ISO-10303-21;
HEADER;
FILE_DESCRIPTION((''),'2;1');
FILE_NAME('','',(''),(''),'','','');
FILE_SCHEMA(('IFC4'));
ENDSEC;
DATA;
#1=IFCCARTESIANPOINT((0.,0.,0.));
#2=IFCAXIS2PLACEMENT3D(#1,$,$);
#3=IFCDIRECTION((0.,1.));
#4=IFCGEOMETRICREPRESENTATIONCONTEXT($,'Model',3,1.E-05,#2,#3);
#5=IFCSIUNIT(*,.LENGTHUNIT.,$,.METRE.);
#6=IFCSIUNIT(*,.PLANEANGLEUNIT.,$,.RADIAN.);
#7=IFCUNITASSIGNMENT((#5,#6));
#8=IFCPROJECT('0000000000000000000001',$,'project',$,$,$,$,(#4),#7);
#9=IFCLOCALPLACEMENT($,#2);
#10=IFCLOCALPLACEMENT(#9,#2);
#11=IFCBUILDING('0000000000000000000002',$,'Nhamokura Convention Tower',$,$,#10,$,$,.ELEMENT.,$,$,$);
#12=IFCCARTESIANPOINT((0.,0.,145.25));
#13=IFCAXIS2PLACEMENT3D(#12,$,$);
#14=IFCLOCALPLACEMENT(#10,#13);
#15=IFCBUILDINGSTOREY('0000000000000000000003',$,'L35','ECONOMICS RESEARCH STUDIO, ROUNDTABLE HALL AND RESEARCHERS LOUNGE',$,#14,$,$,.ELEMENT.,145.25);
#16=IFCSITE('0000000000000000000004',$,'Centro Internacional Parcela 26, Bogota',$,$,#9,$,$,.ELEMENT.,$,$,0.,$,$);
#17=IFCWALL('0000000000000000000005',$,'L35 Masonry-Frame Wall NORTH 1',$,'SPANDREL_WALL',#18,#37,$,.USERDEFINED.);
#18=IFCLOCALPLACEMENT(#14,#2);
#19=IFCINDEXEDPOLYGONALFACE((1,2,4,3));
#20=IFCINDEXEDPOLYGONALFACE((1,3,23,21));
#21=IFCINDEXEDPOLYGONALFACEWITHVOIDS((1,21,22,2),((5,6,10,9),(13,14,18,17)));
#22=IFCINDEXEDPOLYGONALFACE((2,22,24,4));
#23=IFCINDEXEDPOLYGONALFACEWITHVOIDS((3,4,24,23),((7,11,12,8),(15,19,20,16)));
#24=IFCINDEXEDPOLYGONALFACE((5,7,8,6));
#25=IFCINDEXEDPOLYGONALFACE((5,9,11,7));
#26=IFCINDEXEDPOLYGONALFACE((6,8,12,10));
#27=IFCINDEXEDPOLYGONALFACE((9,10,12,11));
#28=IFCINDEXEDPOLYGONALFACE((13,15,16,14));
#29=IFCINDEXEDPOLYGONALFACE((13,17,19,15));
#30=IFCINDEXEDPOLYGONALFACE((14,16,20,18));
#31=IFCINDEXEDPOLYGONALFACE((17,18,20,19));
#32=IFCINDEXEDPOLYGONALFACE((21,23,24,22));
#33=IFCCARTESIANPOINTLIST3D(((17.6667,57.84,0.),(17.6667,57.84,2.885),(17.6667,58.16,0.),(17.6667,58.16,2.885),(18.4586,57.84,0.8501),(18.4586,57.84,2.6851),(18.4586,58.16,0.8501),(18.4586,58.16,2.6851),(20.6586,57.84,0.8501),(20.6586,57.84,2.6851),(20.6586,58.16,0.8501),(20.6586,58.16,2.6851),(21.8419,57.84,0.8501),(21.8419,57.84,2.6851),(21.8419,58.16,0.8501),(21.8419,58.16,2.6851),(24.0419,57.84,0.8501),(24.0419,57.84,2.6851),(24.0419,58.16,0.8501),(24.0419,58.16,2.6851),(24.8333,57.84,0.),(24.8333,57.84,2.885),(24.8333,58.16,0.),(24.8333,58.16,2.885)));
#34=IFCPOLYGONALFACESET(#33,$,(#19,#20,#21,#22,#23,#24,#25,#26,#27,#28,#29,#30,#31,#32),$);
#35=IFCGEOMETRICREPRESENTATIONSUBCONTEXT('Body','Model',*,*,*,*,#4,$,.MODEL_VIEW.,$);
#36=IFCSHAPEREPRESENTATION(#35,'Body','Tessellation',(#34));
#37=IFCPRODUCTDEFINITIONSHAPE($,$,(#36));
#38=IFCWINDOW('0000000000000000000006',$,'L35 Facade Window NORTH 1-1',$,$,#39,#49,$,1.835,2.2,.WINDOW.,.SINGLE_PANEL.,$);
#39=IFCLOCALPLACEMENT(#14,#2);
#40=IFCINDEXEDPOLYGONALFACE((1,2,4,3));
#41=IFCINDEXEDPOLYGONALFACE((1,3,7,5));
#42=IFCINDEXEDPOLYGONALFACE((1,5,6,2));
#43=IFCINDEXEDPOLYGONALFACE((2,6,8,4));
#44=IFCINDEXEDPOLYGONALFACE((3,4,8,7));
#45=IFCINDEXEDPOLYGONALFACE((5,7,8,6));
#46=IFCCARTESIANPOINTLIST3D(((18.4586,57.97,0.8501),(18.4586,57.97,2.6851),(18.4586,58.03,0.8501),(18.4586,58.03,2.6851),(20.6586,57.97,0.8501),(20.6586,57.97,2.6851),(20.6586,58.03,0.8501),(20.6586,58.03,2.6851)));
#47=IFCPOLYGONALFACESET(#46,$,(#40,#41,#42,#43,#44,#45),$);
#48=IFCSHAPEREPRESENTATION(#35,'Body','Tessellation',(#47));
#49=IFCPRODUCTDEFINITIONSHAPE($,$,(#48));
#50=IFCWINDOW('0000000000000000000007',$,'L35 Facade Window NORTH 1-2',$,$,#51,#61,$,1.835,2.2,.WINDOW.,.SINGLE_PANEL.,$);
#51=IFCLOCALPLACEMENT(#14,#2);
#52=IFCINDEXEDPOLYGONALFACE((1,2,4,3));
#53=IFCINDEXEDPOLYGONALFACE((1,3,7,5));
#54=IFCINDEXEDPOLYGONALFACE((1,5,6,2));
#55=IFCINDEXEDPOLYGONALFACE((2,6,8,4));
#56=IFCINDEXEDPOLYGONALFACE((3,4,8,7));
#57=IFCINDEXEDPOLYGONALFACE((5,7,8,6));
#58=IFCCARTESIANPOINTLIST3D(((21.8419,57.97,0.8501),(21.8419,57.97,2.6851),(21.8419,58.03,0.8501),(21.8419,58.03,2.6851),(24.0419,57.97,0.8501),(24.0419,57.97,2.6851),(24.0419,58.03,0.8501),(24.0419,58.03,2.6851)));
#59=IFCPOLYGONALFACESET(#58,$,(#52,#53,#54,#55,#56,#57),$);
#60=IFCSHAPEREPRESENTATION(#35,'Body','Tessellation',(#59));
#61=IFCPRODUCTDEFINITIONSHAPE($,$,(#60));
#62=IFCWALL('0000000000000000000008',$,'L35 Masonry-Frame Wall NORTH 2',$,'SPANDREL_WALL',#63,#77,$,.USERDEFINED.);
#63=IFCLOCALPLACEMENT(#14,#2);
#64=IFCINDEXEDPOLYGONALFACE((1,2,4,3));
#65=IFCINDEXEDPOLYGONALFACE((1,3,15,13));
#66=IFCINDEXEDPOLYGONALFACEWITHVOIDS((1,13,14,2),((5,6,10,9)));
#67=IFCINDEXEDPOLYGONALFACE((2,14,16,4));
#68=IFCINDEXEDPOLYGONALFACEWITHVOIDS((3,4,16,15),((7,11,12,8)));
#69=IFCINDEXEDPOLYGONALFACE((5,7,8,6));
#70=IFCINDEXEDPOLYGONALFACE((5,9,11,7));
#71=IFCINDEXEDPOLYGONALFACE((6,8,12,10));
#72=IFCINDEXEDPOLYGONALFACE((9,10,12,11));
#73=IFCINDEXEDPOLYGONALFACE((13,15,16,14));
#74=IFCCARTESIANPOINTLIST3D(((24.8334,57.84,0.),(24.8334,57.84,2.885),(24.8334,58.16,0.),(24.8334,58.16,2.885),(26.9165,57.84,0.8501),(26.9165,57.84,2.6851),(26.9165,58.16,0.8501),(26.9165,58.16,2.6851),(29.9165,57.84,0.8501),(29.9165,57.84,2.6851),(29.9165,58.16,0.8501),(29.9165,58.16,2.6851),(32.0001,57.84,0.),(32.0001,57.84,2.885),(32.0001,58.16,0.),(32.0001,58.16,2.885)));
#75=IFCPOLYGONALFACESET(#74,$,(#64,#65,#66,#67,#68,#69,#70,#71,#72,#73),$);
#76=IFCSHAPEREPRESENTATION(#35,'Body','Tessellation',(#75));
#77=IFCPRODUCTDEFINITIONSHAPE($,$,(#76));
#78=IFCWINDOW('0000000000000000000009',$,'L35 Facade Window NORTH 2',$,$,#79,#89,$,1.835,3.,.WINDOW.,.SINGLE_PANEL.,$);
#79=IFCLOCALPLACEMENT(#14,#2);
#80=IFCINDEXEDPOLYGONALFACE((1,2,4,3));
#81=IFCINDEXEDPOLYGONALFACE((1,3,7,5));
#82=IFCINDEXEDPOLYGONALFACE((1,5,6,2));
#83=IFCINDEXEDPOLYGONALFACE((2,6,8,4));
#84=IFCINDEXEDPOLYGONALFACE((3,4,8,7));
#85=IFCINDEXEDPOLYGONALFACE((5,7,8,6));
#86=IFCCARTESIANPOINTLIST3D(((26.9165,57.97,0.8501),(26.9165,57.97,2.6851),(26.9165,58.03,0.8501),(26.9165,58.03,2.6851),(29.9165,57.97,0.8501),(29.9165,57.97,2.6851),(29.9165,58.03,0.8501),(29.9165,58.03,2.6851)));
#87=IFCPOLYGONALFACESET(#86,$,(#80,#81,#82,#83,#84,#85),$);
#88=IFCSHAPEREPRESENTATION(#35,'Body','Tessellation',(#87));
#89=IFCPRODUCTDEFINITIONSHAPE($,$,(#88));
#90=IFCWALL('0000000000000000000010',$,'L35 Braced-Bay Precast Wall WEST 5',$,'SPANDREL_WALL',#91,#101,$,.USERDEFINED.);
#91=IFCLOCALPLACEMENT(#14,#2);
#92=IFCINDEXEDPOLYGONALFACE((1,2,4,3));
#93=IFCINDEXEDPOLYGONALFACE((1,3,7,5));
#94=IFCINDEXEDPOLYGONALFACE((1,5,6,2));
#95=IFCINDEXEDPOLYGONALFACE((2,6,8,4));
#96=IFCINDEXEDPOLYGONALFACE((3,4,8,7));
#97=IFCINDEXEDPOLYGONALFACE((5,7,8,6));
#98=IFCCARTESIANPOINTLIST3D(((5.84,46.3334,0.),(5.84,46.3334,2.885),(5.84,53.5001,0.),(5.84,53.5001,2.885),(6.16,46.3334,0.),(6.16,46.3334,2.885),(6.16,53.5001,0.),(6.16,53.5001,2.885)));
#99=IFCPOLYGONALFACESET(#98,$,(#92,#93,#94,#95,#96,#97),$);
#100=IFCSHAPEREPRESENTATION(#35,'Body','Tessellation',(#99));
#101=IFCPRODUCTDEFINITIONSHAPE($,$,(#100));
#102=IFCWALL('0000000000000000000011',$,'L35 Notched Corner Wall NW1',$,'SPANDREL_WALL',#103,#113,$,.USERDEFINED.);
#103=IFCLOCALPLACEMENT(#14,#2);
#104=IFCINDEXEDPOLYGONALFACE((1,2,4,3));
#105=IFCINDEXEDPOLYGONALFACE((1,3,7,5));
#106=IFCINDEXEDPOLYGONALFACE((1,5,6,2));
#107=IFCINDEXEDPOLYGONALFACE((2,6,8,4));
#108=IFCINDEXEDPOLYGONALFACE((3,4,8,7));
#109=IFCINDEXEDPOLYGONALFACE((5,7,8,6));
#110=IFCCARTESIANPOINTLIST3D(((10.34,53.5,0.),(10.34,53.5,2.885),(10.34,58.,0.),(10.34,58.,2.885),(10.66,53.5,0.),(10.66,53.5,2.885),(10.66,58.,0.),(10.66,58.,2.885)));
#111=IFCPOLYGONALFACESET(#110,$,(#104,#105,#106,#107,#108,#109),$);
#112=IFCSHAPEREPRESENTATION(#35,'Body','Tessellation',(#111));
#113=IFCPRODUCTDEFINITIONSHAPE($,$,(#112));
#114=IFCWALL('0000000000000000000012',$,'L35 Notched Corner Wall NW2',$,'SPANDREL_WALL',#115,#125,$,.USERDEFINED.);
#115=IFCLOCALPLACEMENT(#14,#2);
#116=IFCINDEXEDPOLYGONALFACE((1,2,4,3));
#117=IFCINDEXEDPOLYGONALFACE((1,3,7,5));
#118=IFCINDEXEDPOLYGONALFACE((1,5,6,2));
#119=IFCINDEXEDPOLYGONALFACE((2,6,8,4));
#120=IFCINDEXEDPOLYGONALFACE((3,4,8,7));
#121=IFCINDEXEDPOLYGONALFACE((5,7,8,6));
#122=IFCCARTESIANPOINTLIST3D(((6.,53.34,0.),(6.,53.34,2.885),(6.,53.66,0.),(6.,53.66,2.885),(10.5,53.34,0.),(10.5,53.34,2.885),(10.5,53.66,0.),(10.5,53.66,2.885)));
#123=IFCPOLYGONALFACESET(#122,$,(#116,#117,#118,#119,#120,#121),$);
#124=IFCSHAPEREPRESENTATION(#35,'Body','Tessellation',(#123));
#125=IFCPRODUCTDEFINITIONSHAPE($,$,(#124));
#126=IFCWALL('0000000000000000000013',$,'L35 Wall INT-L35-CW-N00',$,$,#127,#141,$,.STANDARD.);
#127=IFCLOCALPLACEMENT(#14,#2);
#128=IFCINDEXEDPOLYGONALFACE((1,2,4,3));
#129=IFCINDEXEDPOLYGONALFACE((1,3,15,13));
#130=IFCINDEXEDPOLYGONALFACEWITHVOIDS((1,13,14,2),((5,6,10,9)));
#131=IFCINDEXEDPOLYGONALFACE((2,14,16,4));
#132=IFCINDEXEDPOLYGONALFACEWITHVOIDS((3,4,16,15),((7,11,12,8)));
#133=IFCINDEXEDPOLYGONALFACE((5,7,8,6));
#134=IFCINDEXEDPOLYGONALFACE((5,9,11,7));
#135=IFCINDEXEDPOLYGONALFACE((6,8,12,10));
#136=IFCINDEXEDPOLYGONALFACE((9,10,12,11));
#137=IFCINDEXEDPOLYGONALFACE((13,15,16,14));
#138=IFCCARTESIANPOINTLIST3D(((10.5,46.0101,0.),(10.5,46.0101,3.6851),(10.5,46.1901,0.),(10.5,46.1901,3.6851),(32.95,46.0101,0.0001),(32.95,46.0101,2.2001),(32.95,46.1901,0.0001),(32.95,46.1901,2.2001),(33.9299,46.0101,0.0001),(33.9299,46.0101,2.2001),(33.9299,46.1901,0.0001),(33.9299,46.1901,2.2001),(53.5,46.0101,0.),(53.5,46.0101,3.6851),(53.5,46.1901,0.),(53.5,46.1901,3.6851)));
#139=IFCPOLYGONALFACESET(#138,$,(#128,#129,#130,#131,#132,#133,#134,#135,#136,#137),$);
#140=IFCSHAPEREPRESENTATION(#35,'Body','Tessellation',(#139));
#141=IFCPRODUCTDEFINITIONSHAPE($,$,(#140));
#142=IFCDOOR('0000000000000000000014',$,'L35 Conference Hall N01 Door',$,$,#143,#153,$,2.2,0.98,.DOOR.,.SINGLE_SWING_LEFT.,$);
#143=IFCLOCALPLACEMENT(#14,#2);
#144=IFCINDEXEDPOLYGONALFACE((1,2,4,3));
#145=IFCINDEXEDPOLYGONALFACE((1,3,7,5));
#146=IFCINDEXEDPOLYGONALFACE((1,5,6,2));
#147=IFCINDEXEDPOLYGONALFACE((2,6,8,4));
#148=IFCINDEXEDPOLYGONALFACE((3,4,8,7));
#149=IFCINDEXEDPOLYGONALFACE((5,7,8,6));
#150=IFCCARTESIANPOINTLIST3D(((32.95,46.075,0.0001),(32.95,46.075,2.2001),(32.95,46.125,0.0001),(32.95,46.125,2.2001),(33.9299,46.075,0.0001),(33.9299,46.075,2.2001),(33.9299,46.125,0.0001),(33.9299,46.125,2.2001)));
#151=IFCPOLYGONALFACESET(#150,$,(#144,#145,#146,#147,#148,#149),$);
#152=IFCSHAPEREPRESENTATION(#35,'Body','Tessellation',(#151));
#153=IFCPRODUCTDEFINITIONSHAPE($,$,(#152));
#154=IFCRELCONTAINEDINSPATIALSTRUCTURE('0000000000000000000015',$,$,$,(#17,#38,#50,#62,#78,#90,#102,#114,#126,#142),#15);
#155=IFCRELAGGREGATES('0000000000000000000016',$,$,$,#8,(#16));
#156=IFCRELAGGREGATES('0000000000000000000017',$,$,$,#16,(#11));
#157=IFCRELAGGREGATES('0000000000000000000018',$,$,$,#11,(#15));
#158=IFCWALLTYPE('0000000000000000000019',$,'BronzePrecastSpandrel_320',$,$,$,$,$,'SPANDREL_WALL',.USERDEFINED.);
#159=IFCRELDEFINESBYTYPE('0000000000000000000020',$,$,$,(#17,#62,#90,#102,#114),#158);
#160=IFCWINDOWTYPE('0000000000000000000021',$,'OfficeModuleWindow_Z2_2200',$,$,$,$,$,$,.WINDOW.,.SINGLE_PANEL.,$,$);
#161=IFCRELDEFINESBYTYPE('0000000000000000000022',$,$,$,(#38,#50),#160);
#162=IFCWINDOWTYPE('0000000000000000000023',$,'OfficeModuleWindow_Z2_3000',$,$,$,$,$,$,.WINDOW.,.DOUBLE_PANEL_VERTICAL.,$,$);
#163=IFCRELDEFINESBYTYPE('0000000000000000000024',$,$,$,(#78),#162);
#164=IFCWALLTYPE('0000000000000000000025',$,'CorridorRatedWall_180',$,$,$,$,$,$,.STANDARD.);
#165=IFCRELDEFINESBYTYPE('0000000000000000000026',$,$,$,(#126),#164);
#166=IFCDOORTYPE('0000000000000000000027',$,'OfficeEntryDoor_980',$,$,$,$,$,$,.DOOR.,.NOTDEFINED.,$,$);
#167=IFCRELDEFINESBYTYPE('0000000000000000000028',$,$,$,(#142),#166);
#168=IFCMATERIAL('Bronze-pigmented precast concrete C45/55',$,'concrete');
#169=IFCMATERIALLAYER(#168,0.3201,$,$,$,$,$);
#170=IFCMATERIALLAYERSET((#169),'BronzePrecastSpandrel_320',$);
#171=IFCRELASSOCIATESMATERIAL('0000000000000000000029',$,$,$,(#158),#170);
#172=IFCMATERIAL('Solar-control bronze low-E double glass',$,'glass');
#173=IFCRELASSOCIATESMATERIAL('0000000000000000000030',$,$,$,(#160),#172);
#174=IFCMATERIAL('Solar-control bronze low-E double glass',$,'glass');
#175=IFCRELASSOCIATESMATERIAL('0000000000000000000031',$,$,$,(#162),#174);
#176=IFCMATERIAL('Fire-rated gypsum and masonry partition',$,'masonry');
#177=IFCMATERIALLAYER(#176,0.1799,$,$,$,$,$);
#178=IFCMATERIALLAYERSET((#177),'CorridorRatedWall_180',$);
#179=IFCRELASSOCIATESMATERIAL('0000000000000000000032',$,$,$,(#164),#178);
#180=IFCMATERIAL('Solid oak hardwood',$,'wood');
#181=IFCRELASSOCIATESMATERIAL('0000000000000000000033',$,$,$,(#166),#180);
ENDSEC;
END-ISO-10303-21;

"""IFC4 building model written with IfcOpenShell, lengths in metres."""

from ifc_helpers import new_model, si_unit, direction, frame, frame_2d, origin, place, context, subcontext, project, spatial, rectangle, extrude, material, layer, layer_set, type_object, element, fill, save


model = new_model("IFC4")

# Units and contexts
model_context = context("Model", 3, precision=1e-05, world=origin(), true_north=direction((0.0, 1.0)))
body_context = subcontext(model_context, "Body", "Model", "MODEL_VIEW")
ifc_project = project(units=[si_unit("LENGTHUNIT", "METRE"), si_unit("PLANEANGLEUNIT", "RADIAN")], contexts=[model_context])

# Site, building, storey
site_placement = place(None, origin())
site = spatial("IfcSite", under=ifc_project, at=site_placement, Name="Centro Internacional Parcela 26, Bogota", CompositionType="ELEMENT", RefElevation=0.0)
building_placement = place(site_placement, origin())
building = spatial("IfcBuilding", under=site, at=building_placement, Name="Nhamokura Convention Tower", CompositionType="ELEMENT")
storey_placement = place(building_placement, frame((0.0, 0.0, 145.25)))
storey = spatial("IfcBuildingStorey", under=building, at=storey_placement, Name="L35", Description="ECONOMICS RESEARCH STUDIO, ROUNDTABLE HALL AND RESEARCHERS LOUNGE", CompositionType="ELEMENT", Elevation=145.25)

# Shared definitions
ifc_material_1 = material(Name="Bronze-pigmented precast concrete C45/55", Category="concrete")
ifc_layer_1 = layer(ifc_material_1, 0.3201)
ifc_layer_set_1 = layer_set([ifc_layer_1], Name="BronzePrecastSpandrel_320")
wall_type_1 = type_object("IfcWallType", Name="BronzePrecastSpandrel_320", ElementType="SPANDREL_WALL", PredefinedType="USERDEFINED", material=ifc_layer_set_1)

# Wall, openings, windows
wall_1_placement = place(storey_placement, frame((17.6667, 58.0, 0.0), z_axis=(0.0, 0.0, 1.0), x_axis=(1.0, 0.0, 0.0)))
wall_1 = element("IfcWall", 1, at=wall_1_placement, inside=storey, type_object=wall_type_1, Name="L35 Masonry-Frame Wall NORTH 1", ObjectType="SPANDREL_WALL", PredefinedType="USERDEFINED", context=body_context, shape_type="SweptSolid", body=[
    extrude(rectangle(XDim=7.1665, YDim=0.3201, at=frame_2d((3.5833, 0.0))), origin(), (0.0, 0.0, 1.0), 2.885),
])
opening_1_placement = place(wall_1_placement, frame((0.7917, 0.0, 0.8501)))
opening_1 = element("IfcOpeningElement", 2, at=opening_1_placement, cuts=wall_1, PredefinedType="OPENING", context=body_context, shape_type="SweptSolid", body=[
    extrude(rectangle(XDim=2.2, YDim=1.835, at=frame_2d((1.1001, 0.9175))), frame((0.0, 0.1699, 0.0), z_axis=(0.0, -1.0, 0.0), x_axis=(1.0, 0.0, 0.0)), (0.0, 0.0, 1.0), 0.3401),
])
opening_2_placement = place(wall_1_placement, frame((4.175, 0.0, 0.8501)))
opening_2 = element("IfcOpeningElement", 3, at=opening_2_placement, cuts=wall_1, PredefinedType="OPENING", context=body_context, shape_type="SweptSolid", body=[
    extrude(rectangle(XDim=2.2, YDim=1.835, at=frame_2d((1.1001, 0.9175))), frame((0.0, 0.1699, 0.0), z_axis=(0.0, -1.0, 0.0), x_axis=(1.0, 0.0, 0.0)), (0.0, 0.0, 1.0), 0.3401),
])
ifc_material_2 = material(Name="Solar-control bronze low-E double glass", Category="glass")
window_type_1 = type_object("IfcWindowType", Name="OfficeModuleWindow_Z2_2200", PartitioningType="SINGLE_PANEL", PredefinedType="WINDOW", material=ifc_material_2)
window_1_placement = place(opening_1_placement, origin())
window_1 = element("IfcWindow", 4, at=window_1_placement, inside=storey, type_object=window_type_1, Name="L35 Facade Window NORTH 1-1", OverallHeight=1.835, OverallWidth=2.2, PartitioningType="SINGLE_PANEL", PredefinedType="WINDOW", context=body_context, shape_type="SweptSolid", body=[
    extrude(rectangle(XDim=2.2, YDim=1.835, at=frame_2d((1.1001, 0.9175))), frame((0.0, 0.03, 0.0), z_axis=(0.0, -1.0, 0.0), x_axis=(1.0, 0.0, 0.0)), (0.0, 0.0, 1.0), 0.0601),
])
fill(opening_1, window_1)
window_2_placement = place(opening_2_placement, origin())
window_2 = element("IfcWindow", 5, at=window_2_placement, inside=storey, type_object=window_type_1, Name="L35 Facade Window NORTH 1-2", OverallHeight=1.835, OverallWidth=2.2, PartitioningType="SINGLE_PANEL", PredefinedType="WINDOW", context=body_context, shape_type="SweptSolid", body=[
    extrude(rectangle(XDim=2.2, YDim=1.835, at=frame_2d((1.1001, 0.9175))), frame((0.0, 0.03, 0.0), z_axis=(0.0, -1.0, 0.0), x_axis=(1.0, 0.0, 0.0)), (0.0, 0.0, 1.0), 0.0601),
])
fill(opening_2, window_2)

# Wall, opening, window
wall_2_placement = place(storey_placement, frame((24.8333, 58.0, 0.0), z_axis=(0.0, 0.0, 1.0), x_axis=(1.0, 0.0, 0.0)))
wall_2 = element("IfcWall", 6, at=wall_2_placement, inside=storey, type_object=wall_type_1, Name="L35 Masonry-Frame Wall NORTH 2", ObjectType="SPANDREL_WALL", PredefinedType="USERDEFINED", context=body_context, shape_type="SweptSolid", body=[
    extrude(rectangle(XDim=7.1667, YDim=0.3201, at=frame_2d((3.5835, 0.0))), origin(), (0.0, 0.0, 1.0), 2.885),
])
opening_3_placement = place(wall_2_placement, frame((2.0833, 0.0, 0.8501)))
opening_3 = element("IfcOpeningElement", 7, at=opening_3_placement, cuts=wall_2, PredefinedType="OPENING", context=body_context, shape_type="SweptSolid", body=[
    extrude(rectangle(XDim=3.0, YDim=1.835, at=frame_2d((1.5, 0.9175))), frame((0.0, 0.1699, 0.0), z_axis=(0.0, -1.0, 0.0), x_axis=(1.0, 0.0, 0.0)), (0.0, 0.0, 1.0), 0.3401),
])
ifc_material_3 = material(Name="Solar-control bronze low-E double glass", Category="glass")
window_type_2 = type_object("IfcWindowType", Name="OfficeModuleWindow_Z2_3000", PartitioningType="DOUBLE_PANEL_VERTICAL", PredefinedType="WINDOW", material=ifc_material_3)
window_3_placement = place(opening_3_placement, origin())
window_3 = element("IfcWindow", 8, at=window_3_placement, inside=storey, type_object=window_type_2, Name="L35 Facade Window NORTH 2", OverallHeight=1.835, OverallWidth=3.0, PartitioningType="SINGLE_PANEL", PredefinedType="WINDOW", context=body_context, shape_type="SweptSolid", body=[
    extrude(rectangle(XDim=3.0, YDim=1.835, at=frame_2d((1.5, 0.9175))), frame((0.0, 0.03, 0.0), z_axis=(0.0, -1.0, 0.0), x_axis=(1.0, 0.0, 0.0)), (0.0, 0.0, 1.0), 0.0601),
])
fill(opening_3, window_3)

# Walls
wall_3_placement = place(storey_placement, frame((6.0, 46.3333, 0.0), z_axis=(0.0, 0.0, 1.0), x_axis=(0.0, 1.0, 0.0)))
element("IfcWall", 9, at=wall_3_placement, inside=storey, type_object=wall_type_1, Name="L35 Braced-Bay Precast Wall WEST 5", ObjectType="SPANDREL_WALL", PredefinedType="USERDEFINED", context=body_context, shape_type="SweptSolid", body=[
    extrude(rectangle(XDim=7.1667, YDim=0.3201, at=frame_2d((3.5835, 0.0))), origin(), (0.0, 0.0, 1.0), 2.885),
])
for number, where, z_axis, x_axis, name in (
    (10, (10.5, 53.5, 0.0), (0.0, 0.0, 1.0), (0.0, 1.0, 0.0), "L35 Notched Corner Wall NW1"),
    (11, (6.0, 53.5, 0.0), (0.0, 0.0, 1.0), (1.0, 0.0, 0.0), "L35 Notched Corner Wall NW2"),
):
    element("IfcWall", number, at=place(storey_placement, frame(where, z_axis=z_axis, x_axis=x_axis)), inside=storey, type_object=wall_type_1, Name=name, ObjectType="SPANDREL_WALL", PredefinedType="USERDEFINED", context=body_context, shape_type="SweptSolid", body=[
        extrude(rectangle(XDim=4.5, YDim=0.3201, at=frame_2d((2.25, 0.0))), origin(), (0.0, 0.0, 1.0), 2.885),
    ])

# Wall, opening, door
ifc_material_4 = material(Name="Fire-rated gypsum and masonry partition", Category="masonry")
ifc_layer_2 = layer(ifc_material_4, 0.1799)
ifc_layer_set_2 = layer_set([ifc_layer_2], Name="CorridorRatedWall_180")
wall_type_2 = type_object("IfcWallType", Name="CorridorRatedWall_180", PredefinedType="STANDARD", material=ifc_layer_set_2)
wall_4_placement = place(storey_placement, frame((10.5, 46.1001, 0.0), z_axis=(0.0, 0.0, 1.0), x_axis=(1.0, 0.0, 0.0)))
wall_4 = element("IfcWall", 12, at=wall_4_placement, inside=storey, type_object=wall_type_2, Name="L35 Wall INT-L35-CW-N00", PredefinedType="STANDARD", context=body_context, shape_type="SweptSolid", body=[
    extrude(rectangle(XDim=43.0, YDim=0.1799, at=frame_2d((21.5, 0.0))), origin(), (0.0, 0.0, 1.0), 3.6851),
])
opening_4_placement = place(wall_4_placement, frame((22.45, 0.0, 0.0)))
opening_4 = element("IfcOpeningElement", 13, at=opening_4_placement, cuts=wall_4, PredefinedType="OPENING", context=body_context, shape_type="SweptSolid", body=[
    extrude(rectangle(XDim=0.98, YDim=2.2, at=frame_2d((0.49, 1.1001))), frame((0.0, 0.0999, 0.0), z_axis=(0.0, -1.0, 0.0), x_axis=(1.0, 0.0, 0.0)), (0.0, 0.0, 1.0), 0.2),
])
ifc_material_5 = material(Name="Solid oak hardwood", Category="wood")
door_type = type_object("IfcDoorType", Name="OfficeEntryDoor_980", OperationType="NOTDEFINED", PredefinedType="DOOR", material=ifc_material_5)
door_placement = place(opening_4_placement, origin())
door = element("IfcDoor", 14, at=door_placement, inside=storey, type_object=door_type, Name="L35 Conference Hall N01 Door", OperationType="SINGLE_SWING_LEFT", OverallHeight=2.2, OverallWidth=0.98, PredefinedType="DOOR", context=body_context, shape_type="SweptSolid", body=[
    extrude(rectangle(XDim=0.98, YDim=2.2, at=frame_2d((0.49, 1.1001))), frame((0.0, 0.0249, 0.0), z_axis=(0.0, -1.0, 0.0), x_axis=(1.0, 0.0, 0.0)), (0.0, 0.0, 1.0), 0.05),
])
fill(opening_4, door)

save(model, "model.ifc")
